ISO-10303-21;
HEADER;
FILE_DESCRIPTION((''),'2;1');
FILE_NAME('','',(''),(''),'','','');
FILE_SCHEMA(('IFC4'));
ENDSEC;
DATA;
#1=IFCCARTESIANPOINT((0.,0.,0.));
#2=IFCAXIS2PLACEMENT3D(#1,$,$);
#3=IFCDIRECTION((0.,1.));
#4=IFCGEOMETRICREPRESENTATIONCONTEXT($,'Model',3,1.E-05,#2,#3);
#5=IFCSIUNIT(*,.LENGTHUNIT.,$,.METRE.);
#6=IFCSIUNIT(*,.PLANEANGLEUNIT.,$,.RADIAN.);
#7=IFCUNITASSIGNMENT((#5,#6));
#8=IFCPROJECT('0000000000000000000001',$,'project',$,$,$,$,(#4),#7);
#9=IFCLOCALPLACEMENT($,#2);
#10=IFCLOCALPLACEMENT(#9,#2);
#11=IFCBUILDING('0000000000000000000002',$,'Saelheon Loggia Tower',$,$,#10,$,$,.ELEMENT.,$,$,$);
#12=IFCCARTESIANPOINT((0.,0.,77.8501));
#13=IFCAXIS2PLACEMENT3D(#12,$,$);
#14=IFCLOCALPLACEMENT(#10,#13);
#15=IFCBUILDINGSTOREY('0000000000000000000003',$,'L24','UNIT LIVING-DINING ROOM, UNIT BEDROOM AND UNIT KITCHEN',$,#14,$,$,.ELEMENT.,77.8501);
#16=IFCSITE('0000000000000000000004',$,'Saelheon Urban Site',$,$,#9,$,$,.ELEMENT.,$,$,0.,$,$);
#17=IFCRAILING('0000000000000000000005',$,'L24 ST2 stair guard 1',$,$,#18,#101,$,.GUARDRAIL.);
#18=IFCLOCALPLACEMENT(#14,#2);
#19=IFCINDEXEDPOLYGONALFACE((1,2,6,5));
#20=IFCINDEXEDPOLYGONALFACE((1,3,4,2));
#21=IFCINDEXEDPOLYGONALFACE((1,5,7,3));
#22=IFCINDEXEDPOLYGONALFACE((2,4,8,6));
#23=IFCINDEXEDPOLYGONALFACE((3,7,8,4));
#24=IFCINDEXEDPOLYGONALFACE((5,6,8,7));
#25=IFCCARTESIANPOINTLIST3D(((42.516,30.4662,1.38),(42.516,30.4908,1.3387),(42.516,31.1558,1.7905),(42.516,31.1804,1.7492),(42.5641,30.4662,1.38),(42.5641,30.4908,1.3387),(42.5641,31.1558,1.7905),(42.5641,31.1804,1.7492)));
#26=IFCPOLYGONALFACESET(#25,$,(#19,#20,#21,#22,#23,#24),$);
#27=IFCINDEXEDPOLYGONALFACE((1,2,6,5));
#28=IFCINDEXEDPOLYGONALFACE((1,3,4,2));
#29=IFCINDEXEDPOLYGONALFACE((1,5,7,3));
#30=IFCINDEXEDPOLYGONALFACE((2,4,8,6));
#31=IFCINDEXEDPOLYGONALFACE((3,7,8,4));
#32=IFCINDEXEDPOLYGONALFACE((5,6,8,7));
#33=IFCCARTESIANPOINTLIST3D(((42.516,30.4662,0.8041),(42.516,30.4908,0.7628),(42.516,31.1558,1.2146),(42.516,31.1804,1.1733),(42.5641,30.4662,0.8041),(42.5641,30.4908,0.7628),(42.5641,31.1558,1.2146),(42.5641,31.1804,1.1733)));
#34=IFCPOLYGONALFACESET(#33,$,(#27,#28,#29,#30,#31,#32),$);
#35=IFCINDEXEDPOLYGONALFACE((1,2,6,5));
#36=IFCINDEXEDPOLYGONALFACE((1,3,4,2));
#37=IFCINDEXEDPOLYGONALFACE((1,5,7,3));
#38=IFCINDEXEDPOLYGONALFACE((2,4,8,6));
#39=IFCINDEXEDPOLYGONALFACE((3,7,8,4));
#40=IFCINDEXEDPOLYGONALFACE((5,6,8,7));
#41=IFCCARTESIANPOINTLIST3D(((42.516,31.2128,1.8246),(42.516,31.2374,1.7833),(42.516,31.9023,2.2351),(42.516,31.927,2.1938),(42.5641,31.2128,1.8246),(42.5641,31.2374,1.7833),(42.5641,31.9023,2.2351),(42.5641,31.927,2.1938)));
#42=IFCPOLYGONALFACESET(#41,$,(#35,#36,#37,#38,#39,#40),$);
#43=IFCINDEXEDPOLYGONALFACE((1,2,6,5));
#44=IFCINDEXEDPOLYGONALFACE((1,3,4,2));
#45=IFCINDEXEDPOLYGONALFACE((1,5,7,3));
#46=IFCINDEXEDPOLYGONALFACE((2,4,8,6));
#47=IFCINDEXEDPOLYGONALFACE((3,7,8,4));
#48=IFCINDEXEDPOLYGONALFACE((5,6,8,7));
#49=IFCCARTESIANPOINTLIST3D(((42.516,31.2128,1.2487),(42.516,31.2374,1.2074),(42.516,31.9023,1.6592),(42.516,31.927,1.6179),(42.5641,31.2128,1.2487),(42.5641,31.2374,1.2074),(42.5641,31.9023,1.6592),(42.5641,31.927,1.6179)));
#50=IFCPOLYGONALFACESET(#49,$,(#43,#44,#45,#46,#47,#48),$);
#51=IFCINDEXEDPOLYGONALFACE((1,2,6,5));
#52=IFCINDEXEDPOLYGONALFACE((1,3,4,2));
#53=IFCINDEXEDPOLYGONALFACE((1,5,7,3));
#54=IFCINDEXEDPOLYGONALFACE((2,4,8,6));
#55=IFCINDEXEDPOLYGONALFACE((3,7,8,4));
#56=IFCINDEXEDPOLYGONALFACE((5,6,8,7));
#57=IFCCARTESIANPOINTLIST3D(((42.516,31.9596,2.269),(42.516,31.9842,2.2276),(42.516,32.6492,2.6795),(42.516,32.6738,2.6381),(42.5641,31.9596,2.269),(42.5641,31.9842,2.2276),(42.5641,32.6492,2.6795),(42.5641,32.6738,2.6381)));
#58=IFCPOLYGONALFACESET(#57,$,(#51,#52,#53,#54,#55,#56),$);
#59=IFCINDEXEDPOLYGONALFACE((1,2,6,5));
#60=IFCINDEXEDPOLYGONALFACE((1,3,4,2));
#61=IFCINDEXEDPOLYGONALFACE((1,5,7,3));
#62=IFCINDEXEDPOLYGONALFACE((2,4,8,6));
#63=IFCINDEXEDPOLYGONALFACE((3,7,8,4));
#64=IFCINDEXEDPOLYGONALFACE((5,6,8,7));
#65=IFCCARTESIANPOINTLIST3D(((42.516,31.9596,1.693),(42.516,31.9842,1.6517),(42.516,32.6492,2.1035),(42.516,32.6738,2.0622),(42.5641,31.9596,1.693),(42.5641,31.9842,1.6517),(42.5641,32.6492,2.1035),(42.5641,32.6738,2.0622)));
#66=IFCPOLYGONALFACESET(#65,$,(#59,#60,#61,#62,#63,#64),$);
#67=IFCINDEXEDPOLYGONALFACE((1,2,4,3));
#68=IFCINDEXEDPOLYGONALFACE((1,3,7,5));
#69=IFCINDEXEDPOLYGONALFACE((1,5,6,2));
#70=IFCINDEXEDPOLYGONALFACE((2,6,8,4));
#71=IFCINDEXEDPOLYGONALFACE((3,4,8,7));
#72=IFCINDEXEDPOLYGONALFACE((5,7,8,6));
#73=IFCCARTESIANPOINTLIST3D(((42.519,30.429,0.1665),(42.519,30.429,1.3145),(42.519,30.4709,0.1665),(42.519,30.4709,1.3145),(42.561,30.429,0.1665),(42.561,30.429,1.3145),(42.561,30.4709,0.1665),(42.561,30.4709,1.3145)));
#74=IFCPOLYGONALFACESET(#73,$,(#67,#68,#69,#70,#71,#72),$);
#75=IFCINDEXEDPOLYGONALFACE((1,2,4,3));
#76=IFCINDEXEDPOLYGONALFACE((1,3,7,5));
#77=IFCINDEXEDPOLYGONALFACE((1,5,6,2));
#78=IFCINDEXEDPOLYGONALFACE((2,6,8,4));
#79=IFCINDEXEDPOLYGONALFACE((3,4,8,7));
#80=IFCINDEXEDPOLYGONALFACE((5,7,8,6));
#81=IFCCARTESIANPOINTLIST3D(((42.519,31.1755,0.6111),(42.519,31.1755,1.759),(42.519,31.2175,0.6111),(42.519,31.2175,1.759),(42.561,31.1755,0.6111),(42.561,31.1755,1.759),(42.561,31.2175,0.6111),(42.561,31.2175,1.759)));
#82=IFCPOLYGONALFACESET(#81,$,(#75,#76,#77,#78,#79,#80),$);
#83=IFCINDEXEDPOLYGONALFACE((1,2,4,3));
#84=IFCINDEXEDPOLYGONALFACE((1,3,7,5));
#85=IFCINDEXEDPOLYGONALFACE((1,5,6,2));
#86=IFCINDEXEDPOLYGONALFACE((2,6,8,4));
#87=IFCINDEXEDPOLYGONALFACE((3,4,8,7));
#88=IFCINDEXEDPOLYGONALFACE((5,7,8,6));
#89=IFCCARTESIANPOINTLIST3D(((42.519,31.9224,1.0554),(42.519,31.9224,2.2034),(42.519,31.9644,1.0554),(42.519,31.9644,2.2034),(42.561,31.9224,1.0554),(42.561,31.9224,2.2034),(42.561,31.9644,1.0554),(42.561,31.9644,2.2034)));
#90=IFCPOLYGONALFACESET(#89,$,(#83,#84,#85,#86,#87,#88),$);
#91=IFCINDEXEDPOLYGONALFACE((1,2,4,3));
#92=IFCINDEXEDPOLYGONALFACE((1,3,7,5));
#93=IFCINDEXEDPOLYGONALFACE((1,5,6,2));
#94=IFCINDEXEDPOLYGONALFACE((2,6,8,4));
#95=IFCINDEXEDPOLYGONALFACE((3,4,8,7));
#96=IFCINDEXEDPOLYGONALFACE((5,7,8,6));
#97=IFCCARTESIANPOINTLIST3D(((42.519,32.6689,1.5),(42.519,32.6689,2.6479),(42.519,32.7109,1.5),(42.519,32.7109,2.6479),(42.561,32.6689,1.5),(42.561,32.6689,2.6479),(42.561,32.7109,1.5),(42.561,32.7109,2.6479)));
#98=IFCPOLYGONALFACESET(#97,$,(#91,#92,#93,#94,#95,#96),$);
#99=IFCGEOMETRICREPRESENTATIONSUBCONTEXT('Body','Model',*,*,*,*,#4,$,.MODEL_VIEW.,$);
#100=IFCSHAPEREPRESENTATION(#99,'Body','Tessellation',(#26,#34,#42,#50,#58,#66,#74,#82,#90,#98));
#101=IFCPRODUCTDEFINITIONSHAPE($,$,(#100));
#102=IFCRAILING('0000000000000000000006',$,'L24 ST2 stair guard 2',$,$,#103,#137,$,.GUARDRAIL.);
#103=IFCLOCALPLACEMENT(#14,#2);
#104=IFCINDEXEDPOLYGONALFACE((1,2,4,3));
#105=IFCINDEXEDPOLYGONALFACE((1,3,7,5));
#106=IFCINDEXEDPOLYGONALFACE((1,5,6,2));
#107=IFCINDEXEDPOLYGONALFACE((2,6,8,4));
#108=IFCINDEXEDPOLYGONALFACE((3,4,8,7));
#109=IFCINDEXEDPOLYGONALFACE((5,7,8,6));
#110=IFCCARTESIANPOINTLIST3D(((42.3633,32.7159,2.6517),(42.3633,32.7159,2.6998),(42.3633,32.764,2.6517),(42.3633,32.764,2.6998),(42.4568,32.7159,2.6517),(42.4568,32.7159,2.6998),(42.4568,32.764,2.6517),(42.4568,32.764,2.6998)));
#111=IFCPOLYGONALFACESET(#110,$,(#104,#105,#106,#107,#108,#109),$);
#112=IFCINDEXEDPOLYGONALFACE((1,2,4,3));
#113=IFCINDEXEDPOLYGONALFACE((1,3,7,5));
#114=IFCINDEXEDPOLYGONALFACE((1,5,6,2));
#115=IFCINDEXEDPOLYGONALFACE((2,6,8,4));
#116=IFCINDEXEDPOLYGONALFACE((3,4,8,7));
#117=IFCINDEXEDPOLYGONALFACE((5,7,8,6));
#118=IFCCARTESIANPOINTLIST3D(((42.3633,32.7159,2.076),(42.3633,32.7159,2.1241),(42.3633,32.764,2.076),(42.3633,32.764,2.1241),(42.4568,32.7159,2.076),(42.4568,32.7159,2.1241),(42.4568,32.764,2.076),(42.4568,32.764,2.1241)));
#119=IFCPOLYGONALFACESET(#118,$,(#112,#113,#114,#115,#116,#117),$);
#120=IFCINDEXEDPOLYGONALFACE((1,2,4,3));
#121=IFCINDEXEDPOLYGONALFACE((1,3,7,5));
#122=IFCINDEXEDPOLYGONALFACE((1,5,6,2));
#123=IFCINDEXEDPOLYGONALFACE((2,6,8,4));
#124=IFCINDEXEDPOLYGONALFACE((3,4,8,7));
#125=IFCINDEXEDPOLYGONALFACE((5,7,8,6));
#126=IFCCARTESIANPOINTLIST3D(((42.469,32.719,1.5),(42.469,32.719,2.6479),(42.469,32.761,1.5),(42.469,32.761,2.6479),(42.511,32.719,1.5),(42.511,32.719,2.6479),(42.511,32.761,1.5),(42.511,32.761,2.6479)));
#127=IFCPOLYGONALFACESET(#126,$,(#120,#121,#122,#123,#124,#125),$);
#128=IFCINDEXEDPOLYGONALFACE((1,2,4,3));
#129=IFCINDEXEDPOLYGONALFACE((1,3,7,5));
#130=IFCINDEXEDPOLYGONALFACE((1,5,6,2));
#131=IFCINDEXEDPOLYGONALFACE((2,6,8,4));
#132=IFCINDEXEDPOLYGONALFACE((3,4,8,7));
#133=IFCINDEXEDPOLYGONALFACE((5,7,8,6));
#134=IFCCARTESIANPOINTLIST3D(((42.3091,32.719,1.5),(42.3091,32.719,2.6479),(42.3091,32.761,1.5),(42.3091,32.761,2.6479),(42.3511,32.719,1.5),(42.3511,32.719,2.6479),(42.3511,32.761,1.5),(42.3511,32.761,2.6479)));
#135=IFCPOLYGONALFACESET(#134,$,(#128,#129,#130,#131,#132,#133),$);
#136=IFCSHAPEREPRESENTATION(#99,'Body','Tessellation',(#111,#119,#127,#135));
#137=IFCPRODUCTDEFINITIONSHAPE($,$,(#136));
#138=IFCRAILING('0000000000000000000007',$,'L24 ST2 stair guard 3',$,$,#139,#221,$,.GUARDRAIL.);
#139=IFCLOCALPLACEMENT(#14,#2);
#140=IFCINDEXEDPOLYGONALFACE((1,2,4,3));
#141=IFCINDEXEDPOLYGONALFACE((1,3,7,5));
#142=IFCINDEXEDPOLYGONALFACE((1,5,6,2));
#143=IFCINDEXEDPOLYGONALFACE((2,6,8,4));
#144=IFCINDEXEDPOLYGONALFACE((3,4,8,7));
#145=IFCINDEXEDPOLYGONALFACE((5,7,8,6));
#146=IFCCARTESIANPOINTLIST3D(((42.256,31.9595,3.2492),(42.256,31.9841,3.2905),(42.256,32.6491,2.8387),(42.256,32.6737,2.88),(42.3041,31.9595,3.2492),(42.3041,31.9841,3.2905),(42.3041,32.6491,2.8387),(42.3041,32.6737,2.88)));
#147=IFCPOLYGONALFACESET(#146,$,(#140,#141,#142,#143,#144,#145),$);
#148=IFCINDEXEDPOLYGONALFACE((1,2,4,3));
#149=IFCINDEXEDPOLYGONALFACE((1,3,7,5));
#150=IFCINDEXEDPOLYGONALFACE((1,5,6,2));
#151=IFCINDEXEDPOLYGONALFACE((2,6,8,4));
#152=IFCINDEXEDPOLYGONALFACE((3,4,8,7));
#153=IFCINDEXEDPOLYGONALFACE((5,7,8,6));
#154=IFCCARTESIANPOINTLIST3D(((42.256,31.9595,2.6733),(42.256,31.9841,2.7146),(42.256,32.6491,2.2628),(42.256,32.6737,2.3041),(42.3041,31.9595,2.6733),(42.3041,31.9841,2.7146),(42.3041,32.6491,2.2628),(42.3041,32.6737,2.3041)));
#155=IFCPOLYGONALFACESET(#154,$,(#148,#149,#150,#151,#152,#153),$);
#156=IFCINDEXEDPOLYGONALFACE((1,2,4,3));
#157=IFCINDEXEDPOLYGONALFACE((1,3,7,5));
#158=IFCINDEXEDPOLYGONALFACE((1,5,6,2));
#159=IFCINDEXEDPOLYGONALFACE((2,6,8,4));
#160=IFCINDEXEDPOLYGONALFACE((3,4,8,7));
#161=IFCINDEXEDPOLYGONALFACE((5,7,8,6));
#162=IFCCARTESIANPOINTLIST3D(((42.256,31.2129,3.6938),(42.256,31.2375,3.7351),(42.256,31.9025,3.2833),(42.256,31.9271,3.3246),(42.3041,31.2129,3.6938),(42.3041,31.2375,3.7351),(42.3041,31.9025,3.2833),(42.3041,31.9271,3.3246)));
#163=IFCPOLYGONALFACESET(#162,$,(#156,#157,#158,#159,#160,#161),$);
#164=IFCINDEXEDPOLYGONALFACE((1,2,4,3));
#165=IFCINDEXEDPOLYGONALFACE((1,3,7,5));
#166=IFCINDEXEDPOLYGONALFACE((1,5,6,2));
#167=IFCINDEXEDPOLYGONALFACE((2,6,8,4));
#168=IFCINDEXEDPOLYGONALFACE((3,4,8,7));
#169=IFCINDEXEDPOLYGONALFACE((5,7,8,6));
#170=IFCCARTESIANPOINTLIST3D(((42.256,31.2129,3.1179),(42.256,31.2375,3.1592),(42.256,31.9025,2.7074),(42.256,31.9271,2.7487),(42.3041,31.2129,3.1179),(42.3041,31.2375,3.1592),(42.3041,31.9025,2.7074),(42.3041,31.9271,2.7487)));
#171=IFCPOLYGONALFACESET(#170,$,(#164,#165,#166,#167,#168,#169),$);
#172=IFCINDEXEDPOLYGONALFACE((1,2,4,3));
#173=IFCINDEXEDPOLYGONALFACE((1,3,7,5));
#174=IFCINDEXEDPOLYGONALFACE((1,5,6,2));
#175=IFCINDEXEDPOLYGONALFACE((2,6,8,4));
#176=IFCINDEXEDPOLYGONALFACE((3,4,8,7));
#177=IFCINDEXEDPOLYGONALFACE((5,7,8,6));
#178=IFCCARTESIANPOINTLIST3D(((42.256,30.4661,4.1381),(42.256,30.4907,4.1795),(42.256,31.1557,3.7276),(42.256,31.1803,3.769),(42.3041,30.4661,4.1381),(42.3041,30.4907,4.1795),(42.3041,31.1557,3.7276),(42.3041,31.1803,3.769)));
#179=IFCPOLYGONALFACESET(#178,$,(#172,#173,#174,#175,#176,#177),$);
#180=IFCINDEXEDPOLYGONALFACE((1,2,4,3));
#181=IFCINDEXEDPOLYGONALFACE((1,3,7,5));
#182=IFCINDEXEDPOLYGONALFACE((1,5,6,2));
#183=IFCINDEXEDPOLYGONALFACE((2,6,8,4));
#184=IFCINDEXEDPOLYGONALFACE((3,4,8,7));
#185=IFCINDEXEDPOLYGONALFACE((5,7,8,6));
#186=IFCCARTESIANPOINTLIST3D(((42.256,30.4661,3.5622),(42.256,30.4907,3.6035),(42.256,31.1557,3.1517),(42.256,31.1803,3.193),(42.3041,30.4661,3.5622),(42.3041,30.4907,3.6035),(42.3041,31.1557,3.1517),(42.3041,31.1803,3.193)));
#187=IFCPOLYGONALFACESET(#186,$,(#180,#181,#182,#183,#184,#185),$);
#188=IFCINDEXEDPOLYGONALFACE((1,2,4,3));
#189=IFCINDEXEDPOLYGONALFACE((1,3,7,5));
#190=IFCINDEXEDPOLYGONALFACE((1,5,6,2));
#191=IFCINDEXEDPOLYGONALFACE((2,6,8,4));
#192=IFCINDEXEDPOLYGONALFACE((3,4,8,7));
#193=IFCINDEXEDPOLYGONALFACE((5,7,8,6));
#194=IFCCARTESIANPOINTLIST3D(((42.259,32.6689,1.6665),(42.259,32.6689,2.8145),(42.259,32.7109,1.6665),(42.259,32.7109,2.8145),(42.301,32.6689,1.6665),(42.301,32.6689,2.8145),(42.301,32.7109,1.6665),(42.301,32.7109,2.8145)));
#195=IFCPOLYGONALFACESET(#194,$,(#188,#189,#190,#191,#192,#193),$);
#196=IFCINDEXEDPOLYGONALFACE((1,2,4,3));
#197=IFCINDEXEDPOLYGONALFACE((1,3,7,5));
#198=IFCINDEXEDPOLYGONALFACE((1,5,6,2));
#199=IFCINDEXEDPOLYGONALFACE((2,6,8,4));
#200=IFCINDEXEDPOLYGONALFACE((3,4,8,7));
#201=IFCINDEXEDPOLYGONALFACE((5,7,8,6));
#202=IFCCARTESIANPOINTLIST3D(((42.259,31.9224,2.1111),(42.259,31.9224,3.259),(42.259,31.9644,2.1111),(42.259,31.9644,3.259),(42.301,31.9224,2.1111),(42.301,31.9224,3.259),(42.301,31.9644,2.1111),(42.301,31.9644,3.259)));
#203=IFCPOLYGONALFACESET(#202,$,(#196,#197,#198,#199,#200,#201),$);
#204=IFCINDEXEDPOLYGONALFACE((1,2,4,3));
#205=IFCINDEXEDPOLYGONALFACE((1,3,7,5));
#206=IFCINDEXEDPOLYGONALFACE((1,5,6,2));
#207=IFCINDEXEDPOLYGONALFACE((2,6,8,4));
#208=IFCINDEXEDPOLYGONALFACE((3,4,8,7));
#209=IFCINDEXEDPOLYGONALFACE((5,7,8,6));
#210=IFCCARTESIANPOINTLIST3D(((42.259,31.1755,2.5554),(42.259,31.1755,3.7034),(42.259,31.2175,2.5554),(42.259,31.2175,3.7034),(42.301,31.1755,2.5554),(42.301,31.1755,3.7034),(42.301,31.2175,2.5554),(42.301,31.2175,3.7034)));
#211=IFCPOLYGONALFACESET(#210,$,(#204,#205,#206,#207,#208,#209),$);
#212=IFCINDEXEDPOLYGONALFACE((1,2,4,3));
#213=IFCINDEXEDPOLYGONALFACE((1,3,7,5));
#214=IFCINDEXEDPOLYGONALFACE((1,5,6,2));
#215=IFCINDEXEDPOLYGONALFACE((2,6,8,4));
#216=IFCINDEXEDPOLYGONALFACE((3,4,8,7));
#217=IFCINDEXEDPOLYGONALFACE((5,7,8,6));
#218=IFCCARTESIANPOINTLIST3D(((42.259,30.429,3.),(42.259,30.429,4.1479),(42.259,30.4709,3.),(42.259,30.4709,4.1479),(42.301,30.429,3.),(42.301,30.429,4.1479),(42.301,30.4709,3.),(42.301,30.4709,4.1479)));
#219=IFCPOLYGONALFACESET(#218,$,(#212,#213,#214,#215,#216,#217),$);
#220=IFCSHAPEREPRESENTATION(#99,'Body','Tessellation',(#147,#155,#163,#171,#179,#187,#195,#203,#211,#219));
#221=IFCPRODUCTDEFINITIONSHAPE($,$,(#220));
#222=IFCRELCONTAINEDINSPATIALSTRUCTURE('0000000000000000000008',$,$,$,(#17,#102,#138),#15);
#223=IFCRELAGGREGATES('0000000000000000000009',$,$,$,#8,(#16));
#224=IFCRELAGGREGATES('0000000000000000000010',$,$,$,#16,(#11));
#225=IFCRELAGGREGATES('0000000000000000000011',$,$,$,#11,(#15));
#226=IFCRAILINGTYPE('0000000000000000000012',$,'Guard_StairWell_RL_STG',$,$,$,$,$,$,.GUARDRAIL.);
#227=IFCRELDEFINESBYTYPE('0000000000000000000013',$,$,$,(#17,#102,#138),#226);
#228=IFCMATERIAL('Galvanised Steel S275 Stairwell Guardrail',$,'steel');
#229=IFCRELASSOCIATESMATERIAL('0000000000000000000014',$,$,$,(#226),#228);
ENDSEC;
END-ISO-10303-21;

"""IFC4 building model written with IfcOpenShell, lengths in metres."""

from ifc_helpers import new_model, si_unit, direction, frame, origin, origin_2d, place, context, subcontext, project, spatial, rectangle, extrude, material, type_object, element, save


model = new_model("IFC4")

# Units and contexts
model_context = context("Model", 3, precision=1e-05, world=origin(), true_north=direction((0.0, 1.0)))
body_context = subcontext(model_context, "Body", "Model", "MODEL_VIEW")
ifc_project = project(units=[si_unit("LENGTHUNIT", "METRE"), si_unit("PLANEANGLEUNIT", "RADIAN")], contexts=[model_context])

# Site, building, storey
site_placement = place(None, origin())
site = spatial("IfcSite", under=ifc_project, at=site_placement, Name="Saelheon Urban Site", CompositionType="ELEMENT", RefElevation=0.0)
building_placement = place(site_placement, origin())
building = spatial("IfcBuilding", under=site, at=building_placement, Name="Saelheon Loggia Tower", CompositionType="ELEMENT")
storey_placement = place(building_placement, frame((0.0, 0.0, 77.8501)))
storey = spatial("IfcBuildingStorey", under=building, at=storey_placement, Name="L24", Description="UNIT LIVING-DINING ROOM, UNIT BEDROOM AND UNIT KITCHEN", CompositionType="ELEMENT", Elevation=77.8501)

# Railings
ifc_material_1 = material(Name="Galvanised Steel S275 Stairwell Guardrail", Category="steel")
railing_type_1 = type_object("IfcRailingType", Name="Guard_StairWell_RL_STG", PredefinedType="GUARDRAIL", material=ifc_material_1)
railing_1_placement = place(storey_placement, frame((42.54, 30.45, 0.1665)))
element("IfcRailing", 1, at=railing_1_placement, inside=storey, type_object=railing_type_1, Name="L24 ST2 stair guard 1", PredefinedType="GUARDRAIL", context=body_context, shape_type="SweptSolid", body=[
    extrude(rectangle(XDim=0.0481, YDim=0.0481, at=origin_2d()), frame((0.0, 0.0286, 1.1929), z_axis=(0.0, 0.859264, 0.511532), x_axis=(-1.0, 0.0, 0.0)), (0.0, 0.0, 1.0), 0.8025),
    extrude(rectangle(XDim=0.0481, YDim=0.0481, at=origin_2d()), frame((0.0, 0.0286, 0.6169), z_axis=(0.0, 0.859264, 0.511532), x_axis=(-1.0, 0.0, 0.0)), (0.0, 0.0, 1.0), 0.8025),
    extrude(rectangle(XDim=0.0481, YDim=0.0481, at=origin_2d()), frame((0.0, 0.7751, 1.6375), z_axis=(0.0, 0.859264, 0.511532), x_axis=(-1.0, 0.0, 0.0)), (0.0, 0.0, 1.0), 0.8025),
    extrude(rectangle(XDim=0.0481, YDim=0.0481, at=origin_2d()), frame((0.0, 0.7751, 1.0615), z_axis=(0.0, 0.859264, 0.511532), x_axis=(-1.0, 0.0, 0.0)), (0.0, 0.0, 1.0), 0.8025),
    extrude(rectangle(XDim=0.0481, YDim=0.0481, at=origin_2d()), frame((0.0, 1.522, 2.0818), z_axis=(0.0, 0.859264, 0.511532), x_axis=(-1.0, 0.0, 0.0)), (0.0, 0.0, 1.0), 0.8025),
    extrude(rectangle(XDim=0.0481, YDim=0.0481, at=origin_2d()), frame((0.0, 1.522, 1.5059), z_axis=(0.0, 0.859264, 0.511532), x_axis=(-1.0, 0.0, 0.0)), (0.0, 0.0, 1.0), 0.8025),
    extrude(rectangle(XDim=0.042, YDim=0.042, at=origin_2d()), origin(), (0.0, 0.0, 1.0), 1.1479),
    extrude(rectangle(XDim=0.042, YDim=0.042, at=origin_2d()), frame((0.0, 0.7466, 0.4446)), (0.0, 0.0, 1.0), 1.1479),
    extrude(rectangle(XDim=0.042, YDim=0.042, at=origin_2d()), frame((0.0, 1.4934, 0.8889)), (0.0, 0.0, 1.0), 1.1479),
    extrude(rectangle(XDim=0.042, YDim=0.042, at=origin_2d()), frame((0.0, 2.24, 1.3335)), (0.0, 0.0, 1.0), 1.1479),
])
railing_2_placement = place(storey_placement, frame((42.49, 32.74, 1.5)))
element("IfcRailing", 2, at=railing_2_placement, inside=storey, type_object=railing_type_1, Name="L24 ST2 stair guard 2", PredefinedType="GUARDRAIL", context=body_context, shape_type="SweptSolid", body=[
    extrude(rectangle(XDim=0.0481, YDim=0.0481, at=origin_2d()), frame((-0.0332, 0.0, 1.1758), z_axis=(-1.0, 0.0, 0.0), x_axis=(0.0, -1.0, 0.0)), (0.0, 0.0, 1.0), 0.0935),
    extrude(rectangle(XDim=0.0481, YDim=0.0481, at=origin_2d()), frame((-0.0332, 0.0, 0.6001), z_axis=(-1.0, 0.0, 0.0), x_axis=(0.0, -1.0, 0.0)), (0.0, 0.0, 1.0), 0.0935),
    extrude(rectangle(XDim=0.042, YDim=0.042, at=origin_2d()), origin(), (0.0, 0.0, 1.0), 1.1479),
    extrude(rectangle(XDim=0.042, YDim=0.042, at=origin_2d()), frame((-0.1599, 0.0, 0.0)), (0.0, 0.0, 1.0), 1.1479),
])
railing_3_placement = place(storey_placement, frame((42.28, 32.6899, 1.6665)))
element("IfcRailing", 3, at=railing_3_placement, inside=storey, type_object=railing_type_1, Name="L24 ST2 stair guard 3", PredefinedType="GUARDRAIL", context=body_context, shape_type="SweptSolid", body=[
    extrude(rectangle(XDim=0.0481, YDim=0.0481, at=origin_2d()), frame((0.0, -0.0286, 1.1929), z_axis=(0.0, -0.859264, 0.511532), x_axis=(1.0, 0.0, 0.0)), (0.0, 0.0, 1.0), 0.8025),
    extrude(rectangle(XDim=0.0481, YDim=0.0481, at=origin_2d()), frame((0.0, -0.0286, 0.6169), z_axis=(0.0, -0.859264, 0.511532), x_axis=(1.0, 0.0, 0.0)), (0.0, 0.0, 1.0), 0.8025),
    extrude(rectangle(XDim=0.0481, YDim=0.0481, at=origin_2d()), frame((0.0, -0.7751, 1.6375), z_axis=(0.0, -0.859264, 0.511532), x_axis=(1.0, 0.0, 0.0)), (0.0, 0.0, 1.0), 0.8025),
    extrude(rectangle(XDim=0.0481, YDim=0.0481, at=origin_2d()), frame((0.0, -0.7751, 1.0615), z_axis=(0.0, -0.859264, 0.511532), x_axis=(1.0, 0.0, 0.0)), (0.0, 0.0, 1.0), 0.8025),
    extrude(rectangle(XDim=0.0481, YDim=0.0481, at=origin_2d()), frame((0.0, -1.522, 2.0818), z_axis=(0.0, -0.859264, 0.511532), x_axis=(1.0, 0.0, 0.0)), (0.0, 0.0, 1.0), 0.8025),
    extrude(rectangle(XDim=0.0481, YDim=0.0481, at=origin_2d()), frame((0.0, -1.522, 1.5059), z_axis=(0.0, -0.859264, 0.511532), x_axis=(1.0, 0.0, 0.0)), (0.0, 0.0, 1.0), 0.8025),
    extrude(rectangle(XDim=0.042, YDim=0.042, at=origin_2d()), origin(), (0.0, 0.0, 1.0), 1.1479),
    extrude(rectangle(XDim=0.042, YDim=0.042, at=origin_2d()), frame((0.0, -0.7466, 0.4446)), (0.0, 0.0, 1.0), 1.1479),
    extrude(rectangle(XDim=0.042, YDim=0.042, at=origin_2d()), frame((0.0, -1.4934, 0.8889)), (0.0, 0.0, 1.0), 1.1479),
    extrude(rectangle(XDim=0.042, YDim=0.042, at=origin_2d()), frame((0.0, -2.24, 1.3335)), (0.0, 0.0, 1.0), 1.1479),
])

save(model, "model.ifc")
